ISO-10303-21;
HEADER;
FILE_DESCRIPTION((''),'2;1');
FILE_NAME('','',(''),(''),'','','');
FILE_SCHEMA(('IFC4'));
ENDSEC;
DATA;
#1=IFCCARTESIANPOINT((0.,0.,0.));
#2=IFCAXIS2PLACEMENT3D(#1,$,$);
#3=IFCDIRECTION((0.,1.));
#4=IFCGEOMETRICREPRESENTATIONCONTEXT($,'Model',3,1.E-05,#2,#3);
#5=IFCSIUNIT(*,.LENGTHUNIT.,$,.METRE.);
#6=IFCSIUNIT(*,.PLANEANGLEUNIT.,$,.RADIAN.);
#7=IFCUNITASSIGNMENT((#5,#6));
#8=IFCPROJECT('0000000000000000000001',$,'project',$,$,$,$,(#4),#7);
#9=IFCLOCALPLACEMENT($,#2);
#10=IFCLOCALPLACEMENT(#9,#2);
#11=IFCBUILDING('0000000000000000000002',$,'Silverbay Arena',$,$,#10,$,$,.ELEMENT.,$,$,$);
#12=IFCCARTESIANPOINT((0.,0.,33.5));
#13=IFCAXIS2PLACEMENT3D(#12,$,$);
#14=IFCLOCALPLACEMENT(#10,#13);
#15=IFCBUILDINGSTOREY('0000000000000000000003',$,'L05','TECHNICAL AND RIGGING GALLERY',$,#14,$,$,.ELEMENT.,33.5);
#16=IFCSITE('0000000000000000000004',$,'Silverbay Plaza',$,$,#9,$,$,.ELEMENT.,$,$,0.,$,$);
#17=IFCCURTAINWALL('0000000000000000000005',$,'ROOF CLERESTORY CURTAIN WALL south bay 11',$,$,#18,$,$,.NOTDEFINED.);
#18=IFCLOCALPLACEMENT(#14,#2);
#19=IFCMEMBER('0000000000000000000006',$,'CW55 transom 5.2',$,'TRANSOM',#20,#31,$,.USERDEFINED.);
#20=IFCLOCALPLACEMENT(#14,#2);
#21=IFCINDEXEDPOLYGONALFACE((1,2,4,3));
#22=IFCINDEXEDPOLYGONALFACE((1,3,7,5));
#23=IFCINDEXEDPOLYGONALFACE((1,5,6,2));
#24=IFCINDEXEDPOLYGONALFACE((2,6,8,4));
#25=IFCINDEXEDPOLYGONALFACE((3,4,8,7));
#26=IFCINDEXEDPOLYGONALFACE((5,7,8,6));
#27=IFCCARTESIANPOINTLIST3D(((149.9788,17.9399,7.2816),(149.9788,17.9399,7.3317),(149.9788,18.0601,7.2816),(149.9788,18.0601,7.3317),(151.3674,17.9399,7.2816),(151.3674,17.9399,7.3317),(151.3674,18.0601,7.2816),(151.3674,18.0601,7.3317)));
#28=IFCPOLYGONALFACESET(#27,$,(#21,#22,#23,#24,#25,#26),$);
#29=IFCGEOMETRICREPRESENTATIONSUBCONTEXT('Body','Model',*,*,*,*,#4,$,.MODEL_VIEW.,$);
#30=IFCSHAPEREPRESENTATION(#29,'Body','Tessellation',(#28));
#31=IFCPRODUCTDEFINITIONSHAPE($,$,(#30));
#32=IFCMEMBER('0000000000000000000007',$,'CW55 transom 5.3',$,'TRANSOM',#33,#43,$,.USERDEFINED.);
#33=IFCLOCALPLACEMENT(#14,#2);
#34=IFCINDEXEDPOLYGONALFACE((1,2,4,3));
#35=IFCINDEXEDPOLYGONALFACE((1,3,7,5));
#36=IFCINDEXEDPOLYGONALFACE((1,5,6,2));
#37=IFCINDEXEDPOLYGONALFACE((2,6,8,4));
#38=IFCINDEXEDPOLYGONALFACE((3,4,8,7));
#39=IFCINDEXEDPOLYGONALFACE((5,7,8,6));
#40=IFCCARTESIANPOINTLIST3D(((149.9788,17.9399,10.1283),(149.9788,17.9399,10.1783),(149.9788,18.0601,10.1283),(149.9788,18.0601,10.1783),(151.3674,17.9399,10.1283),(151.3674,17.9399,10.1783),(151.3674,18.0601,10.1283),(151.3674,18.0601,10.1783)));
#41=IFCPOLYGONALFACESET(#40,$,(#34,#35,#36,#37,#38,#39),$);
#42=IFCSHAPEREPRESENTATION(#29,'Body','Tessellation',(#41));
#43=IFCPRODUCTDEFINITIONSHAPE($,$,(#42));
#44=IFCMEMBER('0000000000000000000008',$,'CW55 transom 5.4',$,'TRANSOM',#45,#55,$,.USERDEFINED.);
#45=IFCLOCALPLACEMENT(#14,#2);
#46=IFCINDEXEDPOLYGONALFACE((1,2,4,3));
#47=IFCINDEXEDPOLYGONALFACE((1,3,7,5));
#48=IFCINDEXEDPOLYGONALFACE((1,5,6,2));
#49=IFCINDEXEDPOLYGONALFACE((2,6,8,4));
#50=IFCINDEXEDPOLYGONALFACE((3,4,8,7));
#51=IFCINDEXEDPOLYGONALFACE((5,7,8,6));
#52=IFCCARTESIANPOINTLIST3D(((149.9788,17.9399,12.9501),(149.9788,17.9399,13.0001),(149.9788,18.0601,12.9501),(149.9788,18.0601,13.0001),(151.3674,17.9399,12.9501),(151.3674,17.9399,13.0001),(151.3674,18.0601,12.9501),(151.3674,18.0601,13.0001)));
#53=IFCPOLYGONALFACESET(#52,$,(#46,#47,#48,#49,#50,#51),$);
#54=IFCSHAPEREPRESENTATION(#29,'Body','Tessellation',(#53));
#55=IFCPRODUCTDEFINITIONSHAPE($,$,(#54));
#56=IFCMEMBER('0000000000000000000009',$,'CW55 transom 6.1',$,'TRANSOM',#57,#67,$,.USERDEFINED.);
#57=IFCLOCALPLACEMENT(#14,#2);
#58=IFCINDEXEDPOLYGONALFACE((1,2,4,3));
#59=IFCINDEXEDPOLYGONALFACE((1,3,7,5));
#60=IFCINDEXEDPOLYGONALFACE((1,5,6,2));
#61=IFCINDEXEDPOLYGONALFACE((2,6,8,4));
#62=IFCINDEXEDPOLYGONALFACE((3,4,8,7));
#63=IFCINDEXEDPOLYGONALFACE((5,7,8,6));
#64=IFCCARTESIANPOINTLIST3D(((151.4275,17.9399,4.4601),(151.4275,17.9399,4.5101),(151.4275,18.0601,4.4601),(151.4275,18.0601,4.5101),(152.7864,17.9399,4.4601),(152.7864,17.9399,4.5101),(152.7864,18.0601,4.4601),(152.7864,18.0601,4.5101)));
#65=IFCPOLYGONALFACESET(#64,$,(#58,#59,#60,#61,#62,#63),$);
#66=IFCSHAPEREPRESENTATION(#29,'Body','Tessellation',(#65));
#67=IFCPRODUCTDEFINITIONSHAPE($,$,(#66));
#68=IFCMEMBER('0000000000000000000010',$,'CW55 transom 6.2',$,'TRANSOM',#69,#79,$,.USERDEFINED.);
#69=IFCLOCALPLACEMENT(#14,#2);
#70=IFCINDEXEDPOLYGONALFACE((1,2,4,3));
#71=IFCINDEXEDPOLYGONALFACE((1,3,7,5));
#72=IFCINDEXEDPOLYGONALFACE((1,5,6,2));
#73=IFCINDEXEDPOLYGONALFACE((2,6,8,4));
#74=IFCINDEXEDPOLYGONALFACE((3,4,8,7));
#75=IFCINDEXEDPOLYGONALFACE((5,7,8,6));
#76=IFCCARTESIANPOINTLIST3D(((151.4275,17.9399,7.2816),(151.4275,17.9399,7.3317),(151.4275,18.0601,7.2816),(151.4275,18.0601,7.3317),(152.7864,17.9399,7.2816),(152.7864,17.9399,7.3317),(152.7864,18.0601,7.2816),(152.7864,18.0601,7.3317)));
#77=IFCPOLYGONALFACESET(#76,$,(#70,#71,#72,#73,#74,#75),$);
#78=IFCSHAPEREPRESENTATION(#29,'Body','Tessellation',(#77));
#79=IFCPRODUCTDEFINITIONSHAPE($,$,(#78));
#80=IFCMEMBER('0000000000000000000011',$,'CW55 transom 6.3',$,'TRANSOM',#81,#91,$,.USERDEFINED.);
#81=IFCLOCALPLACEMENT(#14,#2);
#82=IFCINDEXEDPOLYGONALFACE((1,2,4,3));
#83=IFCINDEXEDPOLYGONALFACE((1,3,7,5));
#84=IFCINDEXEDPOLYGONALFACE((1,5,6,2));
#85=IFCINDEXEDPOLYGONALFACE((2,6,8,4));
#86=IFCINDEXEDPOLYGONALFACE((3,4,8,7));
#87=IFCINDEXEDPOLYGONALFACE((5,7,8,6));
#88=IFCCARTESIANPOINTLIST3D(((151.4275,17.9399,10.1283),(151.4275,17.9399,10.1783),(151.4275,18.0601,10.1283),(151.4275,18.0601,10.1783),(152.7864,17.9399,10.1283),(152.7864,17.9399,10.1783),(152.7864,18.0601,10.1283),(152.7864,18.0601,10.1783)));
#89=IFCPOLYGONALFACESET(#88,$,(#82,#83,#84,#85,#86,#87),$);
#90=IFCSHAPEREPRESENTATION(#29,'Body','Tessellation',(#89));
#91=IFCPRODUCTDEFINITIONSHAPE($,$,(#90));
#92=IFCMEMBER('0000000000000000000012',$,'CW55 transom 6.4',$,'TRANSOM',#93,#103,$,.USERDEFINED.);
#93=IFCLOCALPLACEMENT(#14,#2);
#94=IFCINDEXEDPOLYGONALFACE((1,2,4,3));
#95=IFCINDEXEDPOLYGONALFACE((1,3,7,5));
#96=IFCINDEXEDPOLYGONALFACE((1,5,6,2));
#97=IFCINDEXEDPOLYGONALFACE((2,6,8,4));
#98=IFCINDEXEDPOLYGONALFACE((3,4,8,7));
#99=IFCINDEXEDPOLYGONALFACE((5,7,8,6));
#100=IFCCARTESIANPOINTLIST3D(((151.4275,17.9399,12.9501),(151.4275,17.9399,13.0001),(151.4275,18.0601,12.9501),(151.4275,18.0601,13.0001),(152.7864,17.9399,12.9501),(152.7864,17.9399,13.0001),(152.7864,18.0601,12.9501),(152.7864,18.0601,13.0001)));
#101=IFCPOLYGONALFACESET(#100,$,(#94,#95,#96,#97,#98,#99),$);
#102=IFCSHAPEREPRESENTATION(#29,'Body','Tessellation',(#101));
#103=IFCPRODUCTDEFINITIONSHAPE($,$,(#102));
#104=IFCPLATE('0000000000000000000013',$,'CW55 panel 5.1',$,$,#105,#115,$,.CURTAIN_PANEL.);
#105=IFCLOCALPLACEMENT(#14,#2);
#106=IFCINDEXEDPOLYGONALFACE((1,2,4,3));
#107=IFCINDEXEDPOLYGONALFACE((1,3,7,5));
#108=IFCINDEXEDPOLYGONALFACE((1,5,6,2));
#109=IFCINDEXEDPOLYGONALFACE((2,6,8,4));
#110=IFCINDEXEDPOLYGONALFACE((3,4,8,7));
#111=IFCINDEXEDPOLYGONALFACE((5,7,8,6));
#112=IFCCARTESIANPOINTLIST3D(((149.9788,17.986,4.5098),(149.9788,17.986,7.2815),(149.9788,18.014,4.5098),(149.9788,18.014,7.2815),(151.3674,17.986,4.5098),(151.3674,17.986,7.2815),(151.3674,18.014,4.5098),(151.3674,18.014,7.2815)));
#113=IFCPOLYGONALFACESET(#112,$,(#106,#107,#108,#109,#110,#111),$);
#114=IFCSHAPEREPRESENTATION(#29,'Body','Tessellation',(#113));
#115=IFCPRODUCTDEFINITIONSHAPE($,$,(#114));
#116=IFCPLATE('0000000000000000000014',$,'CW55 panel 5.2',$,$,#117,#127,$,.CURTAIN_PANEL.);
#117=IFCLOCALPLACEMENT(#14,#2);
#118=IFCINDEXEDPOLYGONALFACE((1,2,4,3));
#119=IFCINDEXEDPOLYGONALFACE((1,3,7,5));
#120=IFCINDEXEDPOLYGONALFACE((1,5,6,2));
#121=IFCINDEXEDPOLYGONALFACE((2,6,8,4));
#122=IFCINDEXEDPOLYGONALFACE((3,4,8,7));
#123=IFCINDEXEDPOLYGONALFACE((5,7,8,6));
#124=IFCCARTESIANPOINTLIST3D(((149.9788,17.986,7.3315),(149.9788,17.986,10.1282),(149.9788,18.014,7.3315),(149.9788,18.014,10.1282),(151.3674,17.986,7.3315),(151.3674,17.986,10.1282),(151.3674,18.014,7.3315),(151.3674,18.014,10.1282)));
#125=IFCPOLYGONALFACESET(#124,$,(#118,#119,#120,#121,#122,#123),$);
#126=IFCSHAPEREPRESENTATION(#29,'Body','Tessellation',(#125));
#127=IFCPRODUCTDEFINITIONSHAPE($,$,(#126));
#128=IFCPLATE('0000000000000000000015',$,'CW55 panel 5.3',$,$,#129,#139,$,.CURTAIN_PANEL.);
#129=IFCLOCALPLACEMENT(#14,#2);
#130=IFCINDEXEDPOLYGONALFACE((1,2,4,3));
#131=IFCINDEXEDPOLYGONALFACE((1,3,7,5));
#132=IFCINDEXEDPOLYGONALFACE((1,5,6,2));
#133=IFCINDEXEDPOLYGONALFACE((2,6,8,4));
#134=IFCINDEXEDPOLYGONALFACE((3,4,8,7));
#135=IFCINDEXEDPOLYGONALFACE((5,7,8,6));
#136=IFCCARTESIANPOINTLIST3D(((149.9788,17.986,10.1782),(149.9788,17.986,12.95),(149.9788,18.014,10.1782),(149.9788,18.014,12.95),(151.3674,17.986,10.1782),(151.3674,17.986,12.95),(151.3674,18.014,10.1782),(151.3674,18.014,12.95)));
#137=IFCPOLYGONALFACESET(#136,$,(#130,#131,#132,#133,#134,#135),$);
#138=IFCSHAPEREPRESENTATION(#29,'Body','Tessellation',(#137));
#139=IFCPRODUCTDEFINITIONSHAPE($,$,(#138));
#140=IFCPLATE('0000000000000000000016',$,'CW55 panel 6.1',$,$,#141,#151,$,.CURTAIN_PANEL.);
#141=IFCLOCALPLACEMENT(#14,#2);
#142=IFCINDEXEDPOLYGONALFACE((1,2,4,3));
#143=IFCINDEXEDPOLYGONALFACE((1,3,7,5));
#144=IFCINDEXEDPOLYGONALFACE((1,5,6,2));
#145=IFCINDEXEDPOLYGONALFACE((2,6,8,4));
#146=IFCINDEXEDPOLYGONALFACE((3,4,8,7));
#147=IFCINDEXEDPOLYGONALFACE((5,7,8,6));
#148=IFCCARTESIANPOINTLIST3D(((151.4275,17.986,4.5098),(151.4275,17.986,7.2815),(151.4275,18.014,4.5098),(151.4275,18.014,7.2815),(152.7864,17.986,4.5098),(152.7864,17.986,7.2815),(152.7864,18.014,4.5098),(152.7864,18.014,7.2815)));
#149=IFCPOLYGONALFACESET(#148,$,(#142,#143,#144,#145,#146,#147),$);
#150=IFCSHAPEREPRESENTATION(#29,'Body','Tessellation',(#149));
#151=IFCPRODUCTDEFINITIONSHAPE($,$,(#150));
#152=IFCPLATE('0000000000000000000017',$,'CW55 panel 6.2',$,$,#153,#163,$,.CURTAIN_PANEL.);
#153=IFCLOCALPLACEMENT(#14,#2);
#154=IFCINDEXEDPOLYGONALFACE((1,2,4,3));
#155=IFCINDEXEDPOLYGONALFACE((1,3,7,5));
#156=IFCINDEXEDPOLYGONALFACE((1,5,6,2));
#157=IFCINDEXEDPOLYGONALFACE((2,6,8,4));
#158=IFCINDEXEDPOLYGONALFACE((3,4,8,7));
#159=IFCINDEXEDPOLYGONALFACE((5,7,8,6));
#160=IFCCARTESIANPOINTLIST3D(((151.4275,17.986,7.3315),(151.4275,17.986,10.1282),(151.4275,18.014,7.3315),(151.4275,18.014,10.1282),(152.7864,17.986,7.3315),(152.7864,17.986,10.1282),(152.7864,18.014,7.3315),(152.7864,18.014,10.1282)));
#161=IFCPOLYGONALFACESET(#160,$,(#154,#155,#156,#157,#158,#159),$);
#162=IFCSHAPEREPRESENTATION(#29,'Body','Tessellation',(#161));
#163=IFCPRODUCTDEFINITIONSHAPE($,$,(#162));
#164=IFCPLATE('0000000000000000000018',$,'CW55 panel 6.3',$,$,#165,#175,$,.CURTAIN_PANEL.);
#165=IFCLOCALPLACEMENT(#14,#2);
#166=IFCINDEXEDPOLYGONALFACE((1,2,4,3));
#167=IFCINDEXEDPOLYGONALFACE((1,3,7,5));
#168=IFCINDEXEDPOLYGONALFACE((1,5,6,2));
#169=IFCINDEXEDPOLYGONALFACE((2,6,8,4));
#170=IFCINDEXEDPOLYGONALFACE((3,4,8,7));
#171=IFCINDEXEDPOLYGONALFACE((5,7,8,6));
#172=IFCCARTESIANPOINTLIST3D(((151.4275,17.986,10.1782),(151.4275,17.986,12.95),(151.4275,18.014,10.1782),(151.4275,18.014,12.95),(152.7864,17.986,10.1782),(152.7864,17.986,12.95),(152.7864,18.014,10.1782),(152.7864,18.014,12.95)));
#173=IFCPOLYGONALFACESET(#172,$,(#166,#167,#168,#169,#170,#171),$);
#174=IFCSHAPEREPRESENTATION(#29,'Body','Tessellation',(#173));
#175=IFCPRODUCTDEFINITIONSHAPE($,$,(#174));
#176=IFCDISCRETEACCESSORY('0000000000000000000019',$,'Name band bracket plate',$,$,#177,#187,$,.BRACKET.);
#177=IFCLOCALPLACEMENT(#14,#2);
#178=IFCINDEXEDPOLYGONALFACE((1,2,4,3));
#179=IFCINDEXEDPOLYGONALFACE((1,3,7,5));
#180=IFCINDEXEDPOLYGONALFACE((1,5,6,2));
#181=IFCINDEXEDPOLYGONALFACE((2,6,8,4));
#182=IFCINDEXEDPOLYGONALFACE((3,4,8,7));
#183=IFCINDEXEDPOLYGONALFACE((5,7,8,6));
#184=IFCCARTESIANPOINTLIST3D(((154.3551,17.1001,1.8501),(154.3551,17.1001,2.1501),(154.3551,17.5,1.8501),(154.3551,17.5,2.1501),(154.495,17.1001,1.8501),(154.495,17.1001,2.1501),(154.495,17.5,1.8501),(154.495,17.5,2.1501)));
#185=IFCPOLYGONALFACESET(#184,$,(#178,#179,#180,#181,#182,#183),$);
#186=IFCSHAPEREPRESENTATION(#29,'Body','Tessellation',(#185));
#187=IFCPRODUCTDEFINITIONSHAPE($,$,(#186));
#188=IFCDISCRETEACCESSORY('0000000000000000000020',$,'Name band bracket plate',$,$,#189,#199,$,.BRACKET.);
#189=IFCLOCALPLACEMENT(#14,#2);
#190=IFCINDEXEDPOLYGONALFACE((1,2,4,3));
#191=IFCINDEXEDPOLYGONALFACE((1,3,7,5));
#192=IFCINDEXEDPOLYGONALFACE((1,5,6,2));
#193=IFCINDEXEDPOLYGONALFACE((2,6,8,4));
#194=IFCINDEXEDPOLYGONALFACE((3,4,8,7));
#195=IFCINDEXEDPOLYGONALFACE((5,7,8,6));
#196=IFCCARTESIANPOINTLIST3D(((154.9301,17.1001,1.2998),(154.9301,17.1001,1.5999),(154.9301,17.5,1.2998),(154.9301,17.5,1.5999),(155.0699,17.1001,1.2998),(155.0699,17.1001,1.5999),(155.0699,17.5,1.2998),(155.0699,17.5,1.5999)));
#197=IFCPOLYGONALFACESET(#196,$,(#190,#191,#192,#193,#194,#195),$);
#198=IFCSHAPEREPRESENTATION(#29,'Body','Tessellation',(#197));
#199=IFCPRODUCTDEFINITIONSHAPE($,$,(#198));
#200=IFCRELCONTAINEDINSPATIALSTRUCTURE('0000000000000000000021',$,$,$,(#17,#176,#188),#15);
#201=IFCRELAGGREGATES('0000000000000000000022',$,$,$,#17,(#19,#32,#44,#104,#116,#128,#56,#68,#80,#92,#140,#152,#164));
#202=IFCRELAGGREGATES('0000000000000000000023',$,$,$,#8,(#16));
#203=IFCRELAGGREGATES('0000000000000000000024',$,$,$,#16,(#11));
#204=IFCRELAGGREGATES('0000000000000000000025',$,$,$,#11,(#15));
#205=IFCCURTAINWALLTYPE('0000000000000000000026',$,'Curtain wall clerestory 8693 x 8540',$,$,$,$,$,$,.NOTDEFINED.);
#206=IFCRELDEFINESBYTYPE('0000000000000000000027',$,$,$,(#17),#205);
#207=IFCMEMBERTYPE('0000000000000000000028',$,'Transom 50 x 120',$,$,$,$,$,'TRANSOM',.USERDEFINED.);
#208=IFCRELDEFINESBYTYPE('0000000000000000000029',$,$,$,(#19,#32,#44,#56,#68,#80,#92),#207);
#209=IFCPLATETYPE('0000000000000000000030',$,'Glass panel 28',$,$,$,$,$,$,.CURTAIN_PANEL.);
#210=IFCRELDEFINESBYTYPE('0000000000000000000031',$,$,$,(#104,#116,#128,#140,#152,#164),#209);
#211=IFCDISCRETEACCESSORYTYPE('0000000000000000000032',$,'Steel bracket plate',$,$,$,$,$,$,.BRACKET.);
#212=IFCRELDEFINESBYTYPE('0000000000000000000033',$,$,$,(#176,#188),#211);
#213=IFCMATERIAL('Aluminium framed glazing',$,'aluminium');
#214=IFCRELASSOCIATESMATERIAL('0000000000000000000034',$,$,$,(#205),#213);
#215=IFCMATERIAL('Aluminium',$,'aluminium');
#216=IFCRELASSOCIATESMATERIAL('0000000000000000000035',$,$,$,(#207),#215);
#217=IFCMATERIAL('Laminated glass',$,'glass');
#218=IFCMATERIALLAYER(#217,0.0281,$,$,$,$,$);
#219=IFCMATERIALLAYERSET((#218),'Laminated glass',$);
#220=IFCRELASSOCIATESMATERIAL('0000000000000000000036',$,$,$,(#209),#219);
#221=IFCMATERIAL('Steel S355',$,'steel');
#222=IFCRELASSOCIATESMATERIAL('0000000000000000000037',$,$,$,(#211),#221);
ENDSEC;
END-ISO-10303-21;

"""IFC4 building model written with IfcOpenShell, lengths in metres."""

from ifc_helpers import new_model, si_unit, direction, frame, origin, origin_2d, place, context, subcontext, project, spatial, rectangle, extrude, material, layer, layer_set, material_profile, profile_set, type_object, element, aggregate, save


model = new_model("IFC4")

# Units and contexts
model_context = context("Model", 3, precision=1e-05, world=origin(), true_north=direction((0.0, 1.0)))
body_context = subcontext(model_context, "Body", "Model", "MODEL_VIEW")
ifc_project = project(units=[si_unit("LENGTHUNIT", "METRE"), si_unit("PLANEANGLEUNIT", "RADIAN")], contexts=[model_context])

# Site, building, storey
site_placement = place(None, origin())
site = spatial("IfcSite", under=ifc_project, at=site_placement, Name="Silverbay Plaza", CompositionType="ELEMENT", RefElevation=0.0)
building_placement = place(site_placement, origin())
building = spatial("IfcBuilding", under=site, at=building_placement, Name="Silverbay Arena", CompositionType="ELEMENT")
storey_placement = place(building_placement, frame((0.0, 0.0, 33.5)))
storey = spatial("IfcBuildingStorey", under=building, at=storey_placement, Name="L05", Description="TECHNICAL AND RIGGING GALLERY", CompositionType="ELEMENT", Elevation=33.5)

# Curtain wall
ifc_material_1 = material(Name="Aluminium framed glazing", Category="aluminium")
curtain_wall_type = type_object("IfcCurtainWallType", Name="Curtain wall clerestory 8693 x 8540", PredefinedType="NOTDEFINED", material=ifc_material_1)
curtain_wall_placement = place(storey_placement, origin())
curtain_wall = element("IfcCurtainWall", 1, at=curtain_wall_placement, inside=storey, type_object=curtain_wall_type, Name="ROOF CLERESTORY CURTAIN WALL south bay 11", PredefinedType="NOTDEFINED")

# Members
ifc_material_2 = material(Name="Aluminium", Category="aluminium")
ifc_material_profile_1 = material_profile(ifc_material_2, rectangle(XDim=0.1201, YDim=0.05, at=origin_2d()), Name="Transom 50 x 120")
ifc_profile_set_1 = profile_set([ifc_material_profile_1], Name="Aluminium")
member_type_1 = type_object("IfcMemberType", Name="Transom 50 x 120", ElementType="TRANSOM", PredefinedType="USERDEFINED", material=ifc_profile_set_1)
member_1_placement = place(storey_placement, frame((149.9788, 18.0, 7.3066), z_axis=(1.0, 0.0, 0.0), x_axis=(0.0, 1.0, 0.0)))
member_1 = element("IfcMember", 2, at=member_1_placement, type_object=member_type_1, Name="CW55 transom 5.2", ObjectType="TRANSOM", PredefinedType="USERDEFINED", context=body_context, shape_type="SweptSolid", body=[
    extrude(rectangle(XDim=0.1201, YDim=0.05, at=origin_2d()), origin(), (0.0, 0.0, 1.0), 1.3887),
])
member_2_placement = place(storey_placement, frame((149.9788, 18.0, 10.1533), z_axis=(1.0, 0.0, 0.0), x_axis=(0.0, 1.0, 0.0)))
member_2 = element("IfcMember", 3, at=member_2_placement, type_object=member_type_1, Name="CW55 transom 5.3", ObjectType="TRANSOM", PredefinedType="USERDEFINED", context=body_context, shape_type="SweptSolid", body=[
    extrude(rectangle(XDim=0.1201, YDim=0.05, at=origin_2d()), origin(), (0.0, 0.0, 1.0), 1.3887),
])
member_3_placement = place(storey_placement, frame((149.9788, 18.0, 12.9751), z_axis=(1.0, 0.0, 0.0), x_axis=(0.0, 1.0, 0.0)))
member_3 = element("IfcMember", 4, at=member_3_placement, type_object=member_type_1, Name="CW55 transom 5.4", ObjectType="TRANSOM", PredefinedType="USERDEFINED", context=body_context, shape_type="SweptSolid", body=[
    extrude(rectangle(XDim=0.1201, YDim=0.05, at=origin_2d()), origin(), (0.0, 0.0, 1.0), 1.3887),
])
member_4_placement = place(storey_placement, frame((151.4275, 18.0, 4.4851), z_axis=(1.0, 0.0, 0.0), x_axis=(0.0, 1.0, 0.0)))
member_4 = element("IfcMember", 5, at=member_4_placement, type_object=member_type_1, Name="CW55 transom 6.1", ObjectType="TRANSOM", PredefinedType="USERDEFINED", context=body_context, shape_type="SweptSolid", body=[
    extrude(rectangle(XDim=0.1201, YDim=0.05, at=origin_2d()), origin(), (0.0, 0.0, 1.0), 1.3589),
])
member_5_placement = place(storey_placement, frame((151.4275, 18.0, 7.3066), z_axis=(1.0, 0.0, 0.0), x_axis=(0.0, 1.0, 0.0)))
member_5 = element("IfcMember", 6, at=member_5_placement, type_object=member_type_1, Name="CW55 transom 6.2", ObjectType="TRANSOM", PredefinedType="USERDEFINED", context=body_context, shape_type="SweptSolid", body=[
    extrude(rectangle(XDim=0.1201, YDim=0.05, at=origin_2d()), origin(), (0.0, 0.0, 1.0), 1.3589),
])
member_6_placement = place(storey_placement, frame((151.4275, 18.0, 10.1533), z_axis=(1.0, 0.0, 0.0), x_axis=(0.0, 1.0, 0.0)))
member_6 = element("IfcMember", 7, at=member_6_placement, type_object=member_type_1, Name="CW55 transom 6.3", ObjectType="TRANSOM", PredefinedType="USERDEFINED", context=body_context, shape_type="SweptSolid", body=[
    extrude(rectangle(XDim=0.1201, YDim=0.05, at=origin_2d()), origin(), (0.0, 0.0, 1.0), 1.3589),
])
member_7_placement = place(storey_placement, frame((151.4275, 18.0, 12.9751), z_axis=(1.0, 0.0, 0.0), x_axis=(0.0, 1.0, 0.0)))
member_7 = element("IfcMember", 8, at=member_7_placement, type_object=member_type_1, Name="CW55 transom 6.4", ObjectType="TRANSOM", PredefinedType="USERDEFINED", context=body_context, shape_type="SweptSolid", body=[
    extrude(rectangle(XDim=0.1201, YDim=0.05, at=origin_2d()), origin(), (0.0, 0.0, 1.0), 1.3589),
])

# Plates
ifc_material_3 = material(Name="Laminated glass", Category="glass")
ifc_layer = layer(ifc_material_3, 0.0281)
ifc_layer_set = layer_set([ifc_layer], Name="Laminated glass")
plate_type = type_object("IfcPlateType", Name="Glass panel 28", PredefinedType="CURTAIN_PANEL", material=ifc_layer_set)
plate_1_placement = place(storey_placement, frame((150.6731, 18.0, 4.5098), z_axis=(0.0, 0.0, 1.0), x_axis=(1.0, 0.0, 0.0)))
plate_1 = element("IfcPlate", 9, at=plate_1_placement, type_object=plate_type, Name="CW55 panel 5.1", PredefinedType="CURTAIN_PANEL", context=body_context, shape_type="SweptSolid", body=[
    extrude(rectangle(XDim=1.3887, YDim=0.0281, at=origin_2d()), origin(), (0.0, 0.0, 1.0), 2.7717),
])
plate_2_placement = place(storey_placement, frame((150.6731, 18.0, 7.3315), z_axis=(0.0, 0.0, 1.0), x_axis=(1.0, 0.0, 0.0)))
plate_2 = element("IfcPlate", 10, at=plate_2_placement, type_object=plate_type, Name="CW55 panel 5.2", PredefinedType="CURTAIN_PANEL", context=body_context, shape_type="SweptSolid", body=[
    extrude(rectangle(XDim=1.3887, YDim=0.0281, at=origin_2d()), origin(), (0.0, 0.0, 1.0), 2.7966),
])
plate_3_placement = place(storey_placement, frame((150.6731, 18.0, 10.1782), z_axis=(0.0, 0.0, 1.0), x_axis=(1.0, 0.0, 0.0)))
plate_3 = element("IfcPlate", 11, at=plate_3_placement, type_object=plate_type, Name="CW55 panel 5.3", PredefinedType="CURTAIN_PANEL", context=body_context, shape_type="SweptSolid", body=[
    extrude(rectangle(XDim=1.3887, YDim=0.0281, at=origin_2d()), origin(), (0.0, 0.0, 1.0), 2.7717),
])
plate_4_placement = place(storey_placement, frame((152.1069, 18.0, 4.5098), z_axis=(0.0, 0.0, 1.0), x_axis=(1.0, 0.0, 0.0)))
plate_4 = element("IfcPlate", 12, at=plate_4_placement, type_object=plate_type, Name="CW55 panel 6.1", PredefinedType="CURTAIN_PANEL", context=body_context, shape_type="SweptSolid", body=[
    extrude(rectangle(XDim=1.3589, YDim=0.0281, at=origin_2d()), origin(), (0.0, 0.0, 1.0), 2.7717),
])
plate_5_placement = place(storey_placement, frame((152.1069, 18.0, 7.3315), z_axis=(0.0, 0.0, 1.0), x_axis=(1.0, 0.0, 0.0)))
plate_5 = element("IfcPlate", 13, at=plate_5_placement, type_object=plate_type, Name="CW55 panel 6.2", PredefinedType="CURTAIN_PANEL", context=body_context, shape_type="SweptSolid", body=[
    extrude(rectangle(XDim=1.3589, YDim=0.0281, at=origin_2d()), origin(), (0.0, 0.0, 1.0), 2.7966),
])
plate_6_placement = place(storey_placement, frame((152.1069, 18.0, 10.1782), z_axis=(0.0, 0.0, 1.0), x_axis=(1.0, 0.0, 0.0)))
plate_6 = element("IfcPlate", 14, at=plate_6_placement, type_object=plate_type, Name="CW55 panel 6.3", PredefinedType="CURTAIN_PANEL", context=body_context, shape_type="SweptSolid", body=[
    extrude(rectangle(XDim=1.3589, YDim=0.0281, at=origin_2d()), origin(), (0.0, 0.0, 1.0), 2.7717),
])
aggregate(curtain_wall, [member_1, member_2, member_3, plate_1, plate_2, plate_3, member_4, member_5, member_6, member_7, plate_4, plate_5, plate_6])

# Discrete accessories
ifc_material_4 = material(Name="Steel S355", Category="steel")
discrete_accessory_type = type_object("IfcDiscreteAccessoryType", Name="Steel bracket plate", PredefinedType="BRACKET", material=ifc_material_4)
for number, where, z_axis, x_axis, name in (
    (15, (154.425, 17.3, 1.8501), (0.0, 0.0, 1.0), (1.0, 0.0, 0.0), "Name band bracket plate"),
    (16, (155.0, 17.3, 1.2998), (0.0, 0.0, 1.0), (1.0, 0.0, 0.0), "Name band bracket plate"),
):
    element("IfcDiscreteAccessory", number, at=place(storey_placement, frame(where, z_axis=z_axis, x_axis=x_axis)), inside=storey, type_object=discrete_accessory_type, Name=name, PredefinedType="BRACKET", context=body_context, shape_type="SweptSolid", body=[
        extrude(rectangle(XDim=0.1399, YDim=0.3999, at=origin_2d()), origin(), (0.0, 0.0, 1.0), 0.3),
    ])

save(model, "model.ifc")
